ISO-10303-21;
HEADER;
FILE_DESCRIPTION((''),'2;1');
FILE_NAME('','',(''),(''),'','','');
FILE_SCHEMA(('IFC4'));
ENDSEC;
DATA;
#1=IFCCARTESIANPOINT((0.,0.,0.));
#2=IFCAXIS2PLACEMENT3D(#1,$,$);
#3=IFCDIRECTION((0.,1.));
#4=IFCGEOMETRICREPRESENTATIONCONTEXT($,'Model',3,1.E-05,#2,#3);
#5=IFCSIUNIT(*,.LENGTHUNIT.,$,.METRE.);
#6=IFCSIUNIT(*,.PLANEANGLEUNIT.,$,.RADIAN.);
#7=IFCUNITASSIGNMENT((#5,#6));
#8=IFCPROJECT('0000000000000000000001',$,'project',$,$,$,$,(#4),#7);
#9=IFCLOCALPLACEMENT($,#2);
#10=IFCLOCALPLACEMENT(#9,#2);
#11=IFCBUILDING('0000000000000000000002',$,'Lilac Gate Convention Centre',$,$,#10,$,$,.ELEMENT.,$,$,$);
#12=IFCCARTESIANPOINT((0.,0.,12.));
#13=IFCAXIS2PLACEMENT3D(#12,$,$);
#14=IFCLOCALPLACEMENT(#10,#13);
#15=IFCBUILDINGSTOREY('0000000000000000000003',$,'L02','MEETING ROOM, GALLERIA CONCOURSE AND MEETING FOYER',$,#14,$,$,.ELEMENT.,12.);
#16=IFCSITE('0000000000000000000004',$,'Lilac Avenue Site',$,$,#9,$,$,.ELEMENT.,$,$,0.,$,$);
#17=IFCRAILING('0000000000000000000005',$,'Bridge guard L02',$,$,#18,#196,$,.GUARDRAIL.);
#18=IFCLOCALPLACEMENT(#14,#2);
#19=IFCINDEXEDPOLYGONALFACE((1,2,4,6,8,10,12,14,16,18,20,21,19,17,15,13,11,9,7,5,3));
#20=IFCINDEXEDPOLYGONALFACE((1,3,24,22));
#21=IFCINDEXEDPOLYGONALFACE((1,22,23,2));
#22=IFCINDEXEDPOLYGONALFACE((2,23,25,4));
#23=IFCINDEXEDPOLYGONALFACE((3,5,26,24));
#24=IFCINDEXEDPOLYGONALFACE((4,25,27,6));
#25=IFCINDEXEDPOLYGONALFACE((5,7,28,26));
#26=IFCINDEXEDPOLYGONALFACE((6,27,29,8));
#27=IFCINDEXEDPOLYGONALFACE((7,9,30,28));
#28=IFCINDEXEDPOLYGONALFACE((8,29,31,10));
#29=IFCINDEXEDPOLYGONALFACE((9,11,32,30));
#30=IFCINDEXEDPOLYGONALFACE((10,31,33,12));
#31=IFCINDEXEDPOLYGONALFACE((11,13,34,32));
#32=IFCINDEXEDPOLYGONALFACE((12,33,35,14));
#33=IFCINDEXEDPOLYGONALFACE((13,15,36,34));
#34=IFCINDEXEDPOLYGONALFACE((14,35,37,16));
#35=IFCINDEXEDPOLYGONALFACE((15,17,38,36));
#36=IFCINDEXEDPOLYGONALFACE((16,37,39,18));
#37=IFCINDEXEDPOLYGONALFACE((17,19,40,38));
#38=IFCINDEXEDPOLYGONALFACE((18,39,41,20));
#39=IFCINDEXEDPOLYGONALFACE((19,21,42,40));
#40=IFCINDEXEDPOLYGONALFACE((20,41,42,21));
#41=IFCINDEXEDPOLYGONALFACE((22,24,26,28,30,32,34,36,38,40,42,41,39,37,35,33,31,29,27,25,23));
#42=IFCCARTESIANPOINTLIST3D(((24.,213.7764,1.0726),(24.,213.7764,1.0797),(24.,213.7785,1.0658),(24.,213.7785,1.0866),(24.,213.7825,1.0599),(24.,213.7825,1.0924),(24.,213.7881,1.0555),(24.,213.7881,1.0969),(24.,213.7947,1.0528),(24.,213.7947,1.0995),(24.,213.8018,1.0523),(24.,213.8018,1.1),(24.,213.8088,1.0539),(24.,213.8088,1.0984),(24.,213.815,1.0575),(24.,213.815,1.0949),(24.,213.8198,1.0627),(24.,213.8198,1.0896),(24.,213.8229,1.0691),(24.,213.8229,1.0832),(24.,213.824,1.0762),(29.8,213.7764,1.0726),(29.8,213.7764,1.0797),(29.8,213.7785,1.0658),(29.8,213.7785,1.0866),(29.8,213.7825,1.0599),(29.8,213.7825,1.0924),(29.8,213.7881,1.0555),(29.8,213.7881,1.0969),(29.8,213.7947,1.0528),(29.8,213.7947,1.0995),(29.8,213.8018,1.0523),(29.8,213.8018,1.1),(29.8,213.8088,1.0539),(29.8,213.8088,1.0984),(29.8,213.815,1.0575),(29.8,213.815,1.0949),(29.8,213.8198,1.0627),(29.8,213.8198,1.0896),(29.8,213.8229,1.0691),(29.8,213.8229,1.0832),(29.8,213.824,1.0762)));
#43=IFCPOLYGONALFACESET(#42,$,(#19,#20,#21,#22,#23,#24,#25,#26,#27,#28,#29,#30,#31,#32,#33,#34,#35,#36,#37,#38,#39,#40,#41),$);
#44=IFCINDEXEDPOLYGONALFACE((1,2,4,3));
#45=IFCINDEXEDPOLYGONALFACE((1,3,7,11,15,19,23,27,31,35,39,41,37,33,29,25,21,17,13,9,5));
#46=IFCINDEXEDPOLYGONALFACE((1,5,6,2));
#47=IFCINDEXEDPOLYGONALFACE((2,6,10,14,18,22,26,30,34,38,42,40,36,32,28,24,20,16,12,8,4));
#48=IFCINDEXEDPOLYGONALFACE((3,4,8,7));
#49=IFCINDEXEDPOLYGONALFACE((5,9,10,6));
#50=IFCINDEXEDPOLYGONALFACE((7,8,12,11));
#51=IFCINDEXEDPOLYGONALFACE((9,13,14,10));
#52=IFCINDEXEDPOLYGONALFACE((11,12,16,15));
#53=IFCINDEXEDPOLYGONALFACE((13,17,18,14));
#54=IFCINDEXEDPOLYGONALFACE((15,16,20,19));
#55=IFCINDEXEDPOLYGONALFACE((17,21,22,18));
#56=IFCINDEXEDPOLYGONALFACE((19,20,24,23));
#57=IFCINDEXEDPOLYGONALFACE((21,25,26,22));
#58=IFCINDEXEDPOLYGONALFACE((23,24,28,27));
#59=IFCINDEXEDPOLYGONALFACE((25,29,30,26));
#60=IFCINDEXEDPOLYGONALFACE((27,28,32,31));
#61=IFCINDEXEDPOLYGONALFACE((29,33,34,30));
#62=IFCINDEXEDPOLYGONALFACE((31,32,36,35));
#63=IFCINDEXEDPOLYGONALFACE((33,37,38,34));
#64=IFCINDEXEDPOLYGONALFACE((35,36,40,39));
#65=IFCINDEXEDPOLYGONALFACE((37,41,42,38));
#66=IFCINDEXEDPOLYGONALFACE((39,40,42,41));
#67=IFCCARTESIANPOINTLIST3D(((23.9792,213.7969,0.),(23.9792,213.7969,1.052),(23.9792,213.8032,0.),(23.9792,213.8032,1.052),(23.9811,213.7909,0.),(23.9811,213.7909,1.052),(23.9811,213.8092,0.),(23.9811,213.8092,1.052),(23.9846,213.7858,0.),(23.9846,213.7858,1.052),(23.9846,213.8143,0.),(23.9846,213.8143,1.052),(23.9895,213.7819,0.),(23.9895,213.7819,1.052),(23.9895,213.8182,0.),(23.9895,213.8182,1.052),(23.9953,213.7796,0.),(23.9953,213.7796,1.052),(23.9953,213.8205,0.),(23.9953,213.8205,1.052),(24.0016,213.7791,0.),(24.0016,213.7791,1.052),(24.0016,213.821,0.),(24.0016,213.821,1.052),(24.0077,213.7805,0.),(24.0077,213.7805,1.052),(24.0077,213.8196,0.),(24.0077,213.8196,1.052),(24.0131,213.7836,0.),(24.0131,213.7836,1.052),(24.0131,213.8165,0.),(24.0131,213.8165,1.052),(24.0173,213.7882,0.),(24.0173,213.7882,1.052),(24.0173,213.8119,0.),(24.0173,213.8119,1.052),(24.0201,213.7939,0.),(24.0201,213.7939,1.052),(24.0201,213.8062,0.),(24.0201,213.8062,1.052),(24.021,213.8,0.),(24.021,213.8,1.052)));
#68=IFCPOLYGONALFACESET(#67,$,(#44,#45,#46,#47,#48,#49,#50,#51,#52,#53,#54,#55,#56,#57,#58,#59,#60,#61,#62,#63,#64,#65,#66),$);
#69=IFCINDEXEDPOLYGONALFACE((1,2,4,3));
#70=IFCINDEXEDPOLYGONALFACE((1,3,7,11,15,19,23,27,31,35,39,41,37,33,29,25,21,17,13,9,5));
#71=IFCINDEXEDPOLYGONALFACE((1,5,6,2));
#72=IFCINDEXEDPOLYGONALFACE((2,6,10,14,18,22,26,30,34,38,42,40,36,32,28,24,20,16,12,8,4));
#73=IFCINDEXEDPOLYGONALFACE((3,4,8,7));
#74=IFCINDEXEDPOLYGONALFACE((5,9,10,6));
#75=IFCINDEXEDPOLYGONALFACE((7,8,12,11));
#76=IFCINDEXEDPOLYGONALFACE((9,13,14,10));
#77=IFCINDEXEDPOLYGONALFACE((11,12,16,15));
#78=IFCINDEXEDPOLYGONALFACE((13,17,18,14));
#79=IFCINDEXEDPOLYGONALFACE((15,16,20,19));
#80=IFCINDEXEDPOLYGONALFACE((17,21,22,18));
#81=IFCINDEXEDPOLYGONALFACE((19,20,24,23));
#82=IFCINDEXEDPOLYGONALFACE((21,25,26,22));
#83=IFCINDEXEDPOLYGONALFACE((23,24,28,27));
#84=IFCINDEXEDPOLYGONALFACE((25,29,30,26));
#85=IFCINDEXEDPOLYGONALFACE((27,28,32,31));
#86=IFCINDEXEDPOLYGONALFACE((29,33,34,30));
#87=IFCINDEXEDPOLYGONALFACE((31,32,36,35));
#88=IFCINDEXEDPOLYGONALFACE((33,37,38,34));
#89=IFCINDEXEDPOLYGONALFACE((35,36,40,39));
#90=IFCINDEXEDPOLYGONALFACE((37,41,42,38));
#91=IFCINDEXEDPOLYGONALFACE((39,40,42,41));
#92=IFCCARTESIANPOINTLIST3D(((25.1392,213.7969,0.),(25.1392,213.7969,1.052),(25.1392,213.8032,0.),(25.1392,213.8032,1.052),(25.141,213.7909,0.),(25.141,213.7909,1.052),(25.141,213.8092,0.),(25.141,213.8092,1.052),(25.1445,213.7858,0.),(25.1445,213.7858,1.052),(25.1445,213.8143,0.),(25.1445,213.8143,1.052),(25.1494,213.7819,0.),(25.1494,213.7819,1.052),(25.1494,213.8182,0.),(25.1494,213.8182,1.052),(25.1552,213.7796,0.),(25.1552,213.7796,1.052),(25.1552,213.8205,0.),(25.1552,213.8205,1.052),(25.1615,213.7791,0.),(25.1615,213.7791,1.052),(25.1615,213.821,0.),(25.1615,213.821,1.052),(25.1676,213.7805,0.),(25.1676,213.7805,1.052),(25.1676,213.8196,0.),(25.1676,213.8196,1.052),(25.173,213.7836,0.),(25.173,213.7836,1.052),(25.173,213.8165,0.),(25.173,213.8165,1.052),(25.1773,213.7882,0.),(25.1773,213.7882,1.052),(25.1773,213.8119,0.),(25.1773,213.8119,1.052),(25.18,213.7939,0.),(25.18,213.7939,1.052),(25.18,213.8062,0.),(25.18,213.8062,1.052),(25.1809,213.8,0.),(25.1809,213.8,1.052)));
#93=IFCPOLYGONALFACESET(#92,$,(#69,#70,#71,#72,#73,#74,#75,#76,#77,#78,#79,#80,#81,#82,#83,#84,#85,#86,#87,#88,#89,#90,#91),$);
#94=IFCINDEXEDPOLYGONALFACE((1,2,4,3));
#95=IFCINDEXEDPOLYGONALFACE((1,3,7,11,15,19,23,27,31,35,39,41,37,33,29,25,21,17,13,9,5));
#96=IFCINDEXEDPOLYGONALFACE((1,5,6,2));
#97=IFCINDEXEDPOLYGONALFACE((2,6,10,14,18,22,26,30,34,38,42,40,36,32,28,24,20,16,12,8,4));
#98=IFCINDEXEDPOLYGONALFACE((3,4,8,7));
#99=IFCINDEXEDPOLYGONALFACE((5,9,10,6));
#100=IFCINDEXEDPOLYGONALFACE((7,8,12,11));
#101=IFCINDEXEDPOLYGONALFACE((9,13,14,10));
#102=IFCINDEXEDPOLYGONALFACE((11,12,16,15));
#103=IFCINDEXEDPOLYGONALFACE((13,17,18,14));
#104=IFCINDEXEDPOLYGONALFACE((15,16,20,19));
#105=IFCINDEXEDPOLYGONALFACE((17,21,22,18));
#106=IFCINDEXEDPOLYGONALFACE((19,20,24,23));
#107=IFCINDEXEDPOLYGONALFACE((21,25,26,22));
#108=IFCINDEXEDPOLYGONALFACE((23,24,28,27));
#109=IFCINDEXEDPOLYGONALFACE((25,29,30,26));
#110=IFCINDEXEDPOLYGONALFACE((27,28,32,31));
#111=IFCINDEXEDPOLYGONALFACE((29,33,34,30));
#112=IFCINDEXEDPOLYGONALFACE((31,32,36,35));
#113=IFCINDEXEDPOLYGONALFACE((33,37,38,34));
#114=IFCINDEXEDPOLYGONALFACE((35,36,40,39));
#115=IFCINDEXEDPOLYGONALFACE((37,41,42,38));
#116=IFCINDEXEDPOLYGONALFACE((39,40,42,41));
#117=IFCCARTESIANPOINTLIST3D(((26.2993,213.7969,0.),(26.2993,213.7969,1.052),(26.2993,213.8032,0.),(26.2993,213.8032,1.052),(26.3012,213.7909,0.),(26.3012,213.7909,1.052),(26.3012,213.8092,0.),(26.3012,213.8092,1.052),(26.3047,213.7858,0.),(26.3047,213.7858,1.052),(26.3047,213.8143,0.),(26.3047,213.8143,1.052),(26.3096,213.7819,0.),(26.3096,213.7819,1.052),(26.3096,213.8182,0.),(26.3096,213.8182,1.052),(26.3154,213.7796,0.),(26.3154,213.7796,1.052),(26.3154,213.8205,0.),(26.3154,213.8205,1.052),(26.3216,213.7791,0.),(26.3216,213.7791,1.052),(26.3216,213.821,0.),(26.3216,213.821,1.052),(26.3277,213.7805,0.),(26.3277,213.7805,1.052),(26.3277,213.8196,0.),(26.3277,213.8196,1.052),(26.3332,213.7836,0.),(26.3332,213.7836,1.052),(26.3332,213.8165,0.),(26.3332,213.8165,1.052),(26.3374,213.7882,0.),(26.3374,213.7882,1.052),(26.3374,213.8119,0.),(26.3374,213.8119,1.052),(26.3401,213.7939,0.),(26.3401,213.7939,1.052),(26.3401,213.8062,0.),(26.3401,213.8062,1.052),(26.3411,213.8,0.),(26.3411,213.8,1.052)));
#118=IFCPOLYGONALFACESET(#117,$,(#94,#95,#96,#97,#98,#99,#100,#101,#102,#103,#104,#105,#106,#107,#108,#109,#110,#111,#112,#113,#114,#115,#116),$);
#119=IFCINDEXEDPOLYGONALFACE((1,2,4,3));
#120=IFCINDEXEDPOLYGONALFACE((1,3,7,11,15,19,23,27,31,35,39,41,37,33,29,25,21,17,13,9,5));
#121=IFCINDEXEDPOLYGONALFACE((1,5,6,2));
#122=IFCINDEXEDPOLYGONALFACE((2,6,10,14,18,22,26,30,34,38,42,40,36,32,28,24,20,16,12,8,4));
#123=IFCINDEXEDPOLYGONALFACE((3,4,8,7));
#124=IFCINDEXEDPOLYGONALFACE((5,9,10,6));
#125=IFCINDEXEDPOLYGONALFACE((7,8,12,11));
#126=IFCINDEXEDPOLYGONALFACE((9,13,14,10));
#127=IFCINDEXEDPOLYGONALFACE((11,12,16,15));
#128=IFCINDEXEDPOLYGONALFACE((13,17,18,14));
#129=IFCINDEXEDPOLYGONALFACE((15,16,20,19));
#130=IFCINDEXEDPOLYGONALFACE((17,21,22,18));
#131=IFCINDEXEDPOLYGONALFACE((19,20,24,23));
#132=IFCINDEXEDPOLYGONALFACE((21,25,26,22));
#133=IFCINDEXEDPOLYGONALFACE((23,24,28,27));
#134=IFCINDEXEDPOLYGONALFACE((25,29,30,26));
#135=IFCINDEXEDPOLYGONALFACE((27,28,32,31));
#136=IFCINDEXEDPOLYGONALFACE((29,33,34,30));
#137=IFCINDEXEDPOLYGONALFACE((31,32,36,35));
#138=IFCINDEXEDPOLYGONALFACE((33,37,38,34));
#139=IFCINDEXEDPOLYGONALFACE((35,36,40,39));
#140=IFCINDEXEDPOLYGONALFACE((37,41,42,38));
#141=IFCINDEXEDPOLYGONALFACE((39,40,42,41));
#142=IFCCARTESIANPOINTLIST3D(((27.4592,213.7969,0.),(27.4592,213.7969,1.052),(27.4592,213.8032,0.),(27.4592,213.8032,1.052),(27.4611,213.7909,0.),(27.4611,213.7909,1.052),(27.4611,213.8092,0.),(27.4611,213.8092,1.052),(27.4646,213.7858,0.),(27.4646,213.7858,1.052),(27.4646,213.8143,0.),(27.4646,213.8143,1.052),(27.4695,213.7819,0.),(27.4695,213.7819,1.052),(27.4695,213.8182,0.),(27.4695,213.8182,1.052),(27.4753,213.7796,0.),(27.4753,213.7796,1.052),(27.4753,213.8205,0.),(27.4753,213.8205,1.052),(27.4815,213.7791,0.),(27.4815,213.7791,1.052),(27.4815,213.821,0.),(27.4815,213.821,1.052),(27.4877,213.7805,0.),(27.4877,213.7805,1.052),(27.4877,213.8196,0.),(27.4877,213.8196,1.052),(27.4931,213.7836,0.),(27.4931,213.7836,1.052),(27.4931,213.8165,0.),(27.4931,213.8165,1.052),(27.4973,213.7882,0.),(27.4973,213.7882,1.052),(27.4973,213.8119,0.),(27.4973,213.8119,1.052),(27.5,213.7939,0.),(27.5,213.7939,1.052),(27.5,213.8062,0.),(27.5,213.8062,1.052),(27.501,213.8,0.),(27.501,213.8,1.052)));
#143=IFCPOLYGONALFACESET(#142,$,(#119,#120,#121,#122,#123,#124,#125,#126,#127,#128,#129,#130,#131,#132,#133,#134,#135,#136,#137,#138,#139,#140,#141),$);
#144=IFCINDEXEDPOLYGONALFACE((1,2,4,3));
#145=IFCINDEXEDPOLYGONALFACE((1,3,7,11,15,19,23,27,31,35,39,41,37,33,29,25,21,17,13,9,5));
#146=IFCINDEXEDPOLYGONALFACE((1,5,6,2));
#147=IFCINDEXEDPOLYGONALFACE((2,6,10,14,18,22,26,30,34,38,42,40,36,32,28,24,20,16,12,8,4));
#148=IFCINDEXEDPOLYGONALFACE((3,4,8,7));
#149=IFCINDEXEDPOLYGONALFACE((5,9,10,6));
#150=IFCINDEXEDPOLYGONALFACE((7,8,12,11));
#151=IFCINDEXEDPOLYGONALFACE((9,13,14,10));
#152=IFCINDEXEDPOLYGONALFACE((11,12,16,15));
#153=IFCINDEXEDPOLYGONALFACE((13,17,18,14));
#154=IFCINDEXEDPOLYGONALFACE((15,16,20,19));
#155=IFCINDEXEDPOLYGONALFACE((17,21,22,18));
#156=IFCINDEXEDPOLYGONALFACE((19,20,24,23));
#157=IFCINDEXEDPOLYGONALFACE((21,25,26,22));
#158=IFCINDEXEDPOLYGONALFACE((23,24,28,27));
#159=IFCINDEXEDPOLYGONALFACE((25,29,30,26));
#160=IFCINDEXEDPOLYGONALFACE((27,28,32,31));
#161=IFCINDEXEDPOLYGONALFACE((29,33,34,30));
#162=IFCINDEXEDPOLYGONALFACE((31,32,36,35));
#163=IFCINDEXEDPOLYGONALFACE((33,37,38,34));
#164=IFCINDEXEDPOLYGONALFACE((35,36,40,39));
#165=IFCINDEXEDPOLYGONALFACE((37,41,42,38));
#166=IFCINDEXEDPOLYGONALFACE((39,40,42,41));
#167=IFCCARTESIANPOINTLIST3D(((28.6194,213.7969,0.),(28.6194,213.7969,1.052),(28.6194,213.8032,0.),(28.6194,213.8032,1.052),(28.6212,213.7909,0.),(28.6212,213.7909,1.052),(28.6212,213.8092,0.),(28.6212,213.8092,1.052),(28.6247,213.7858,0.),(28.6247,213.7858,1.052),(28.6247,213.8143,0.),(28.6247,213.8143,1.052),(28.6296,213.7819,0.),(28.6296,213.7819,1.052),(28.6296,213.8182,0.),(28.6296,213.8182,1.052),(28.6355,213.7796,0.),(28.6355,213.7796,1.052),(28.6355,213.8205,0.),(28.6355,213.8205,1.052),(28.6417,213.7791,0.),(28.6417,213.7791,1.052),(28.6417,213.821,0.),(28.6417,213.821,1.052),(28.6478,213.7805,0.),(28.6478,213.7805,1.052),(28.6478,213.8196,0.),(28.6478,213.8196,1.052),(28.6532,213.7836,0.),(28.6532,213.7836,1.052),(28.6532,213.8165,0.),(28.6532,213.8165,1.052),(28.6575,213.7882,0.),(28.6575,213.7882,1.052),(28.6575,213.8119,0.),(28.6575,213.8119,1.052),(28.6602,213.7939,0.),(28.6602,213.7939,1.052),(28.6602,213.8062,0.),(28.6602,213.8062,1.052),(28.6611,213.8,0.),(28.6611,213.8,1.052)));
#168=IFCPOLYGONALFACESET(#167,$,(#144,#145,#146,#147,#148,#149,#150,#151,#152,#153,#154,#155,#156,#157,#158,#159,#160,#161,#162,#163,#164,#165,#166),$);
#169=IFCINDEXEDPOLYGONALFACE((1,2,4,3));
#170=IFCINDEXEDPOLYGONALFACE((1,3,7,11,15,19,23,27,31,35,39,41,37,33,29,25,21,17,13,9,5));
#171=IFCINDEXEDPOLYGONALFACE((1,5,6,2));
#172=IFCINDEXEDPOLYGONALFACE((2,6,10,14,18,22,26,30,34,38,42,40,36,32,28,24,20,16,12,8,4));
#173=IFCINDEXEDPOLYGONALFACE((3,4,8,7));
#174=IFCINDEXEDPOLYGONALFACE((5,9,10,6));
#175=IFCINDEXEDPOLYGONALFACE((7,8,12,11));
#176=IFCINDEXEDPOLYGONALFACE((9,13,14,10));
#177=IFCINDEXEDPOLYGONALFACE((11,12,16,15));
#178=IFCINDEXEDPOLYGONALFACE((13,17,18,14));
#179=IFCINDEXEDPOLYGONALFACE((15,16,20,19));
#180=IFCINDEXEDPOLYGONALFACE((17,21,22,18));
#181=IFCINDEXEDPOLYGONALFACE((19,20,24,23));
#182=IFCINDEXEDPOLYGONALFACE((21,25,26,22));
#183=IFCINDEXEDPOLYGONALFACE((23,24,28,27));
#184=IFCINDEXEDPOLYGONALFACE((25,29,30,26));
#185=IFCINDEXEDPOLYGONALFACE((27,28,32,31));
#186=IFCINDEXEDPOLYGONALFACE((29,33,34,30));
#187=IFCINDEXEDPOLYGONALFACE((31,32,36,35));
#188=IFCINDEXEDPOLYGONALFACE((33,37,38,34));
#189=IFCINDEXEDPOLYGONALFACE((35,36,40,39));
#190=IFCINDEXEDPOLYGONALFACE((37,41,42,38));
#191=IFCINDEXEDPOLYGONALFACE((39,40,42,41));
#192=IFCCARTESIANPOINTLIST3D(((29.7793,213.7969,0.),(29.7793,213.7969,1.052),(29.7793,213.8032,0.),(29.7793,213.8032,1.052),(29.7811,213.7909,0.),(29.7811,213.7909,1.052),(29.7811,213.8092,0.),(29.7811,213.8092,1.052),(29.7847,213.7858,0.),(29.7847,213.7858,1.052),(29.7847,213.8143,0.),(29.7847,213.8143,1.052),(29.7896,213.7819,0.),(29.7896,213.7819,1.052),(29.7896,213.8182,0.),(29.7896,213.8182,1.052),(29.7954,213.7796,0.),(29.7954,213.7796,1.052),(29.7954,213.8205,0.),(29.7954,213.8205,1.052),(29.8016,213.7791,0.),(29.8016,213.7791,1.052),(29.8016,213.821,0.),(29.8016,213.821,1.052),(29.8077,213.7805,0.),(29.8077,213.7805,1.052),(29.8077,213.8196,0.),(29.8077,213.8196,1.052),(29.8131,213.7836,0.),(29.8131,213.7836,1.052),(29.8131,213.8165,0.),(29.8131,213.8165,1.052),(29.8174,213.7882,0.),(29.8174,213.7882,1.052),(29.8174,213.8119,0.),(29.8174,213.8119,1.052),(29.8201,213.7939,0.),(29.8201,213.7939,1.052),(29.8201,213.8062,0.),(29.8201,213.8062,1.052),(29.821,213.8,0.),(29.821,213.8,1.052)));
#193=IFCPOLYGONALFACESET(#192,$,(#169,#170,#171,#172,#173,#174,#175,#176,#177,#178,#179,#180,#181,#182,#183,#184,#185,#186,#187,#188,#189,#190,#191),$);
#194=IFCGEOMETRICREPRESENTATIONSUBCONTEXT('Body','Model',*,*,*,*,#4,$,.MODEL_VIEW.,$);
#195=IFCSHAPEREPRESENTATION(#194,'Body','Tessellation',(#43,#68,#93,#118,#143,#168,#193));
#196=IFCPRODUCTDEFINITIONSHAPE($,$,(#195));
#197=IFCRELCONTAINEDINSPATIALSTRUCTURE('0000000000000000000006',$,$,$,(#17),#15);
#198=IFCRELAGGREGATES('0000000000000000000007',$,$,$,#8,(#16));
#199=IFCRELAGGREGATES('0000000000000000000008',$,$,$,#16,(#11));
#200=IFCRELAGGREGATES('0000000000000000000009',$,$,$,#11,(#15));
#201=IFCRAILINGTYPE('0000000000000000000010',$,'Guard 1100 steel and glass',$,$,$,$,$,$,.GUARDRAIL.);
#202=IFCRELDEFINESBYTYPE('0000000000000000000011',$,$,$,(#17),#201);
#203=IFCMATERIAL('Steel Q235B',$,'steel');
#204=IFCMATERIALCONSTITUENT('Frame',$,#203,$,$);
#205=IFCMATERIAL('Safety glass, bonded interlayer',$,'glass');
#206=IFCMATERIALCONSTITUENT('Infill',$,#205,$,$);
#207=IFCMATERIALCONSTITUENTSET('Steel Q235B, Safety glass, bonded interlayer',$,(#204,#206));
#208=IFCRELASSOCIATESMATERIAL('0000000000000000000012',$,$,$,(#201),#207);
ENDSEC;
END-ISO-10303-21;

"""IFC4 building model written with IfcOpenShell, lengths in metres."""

from ifc_helpers import new_model, si_unit, direction, frame, origin, origin_2d, place, context, subcontext, project, spatial, circle, extrude, material, constituent, constituent_set, type_object, element, save


model = new_model("IFC4")

# Units and contexts
model_context = context("Model", 3, precision=1e-05, world=origin(), true_north=direction((0.0, 1.0)))
body_context = subcontext(model_context, "Body", "Model", "MODEL_VIEW")
ifc_project = project(units=[si_unit("LENGTHUNIT", "METRE"), si_unit("PLANEANGLEUNIT", "RADIAN")], contexts=[model_context])

# Site, building, storey
site_placement = place(None, origin())
site = spatial("IfcSite", under=ifc_project, at=site_placement, Name="Lilac Avenue Site", CompositionType="ELEMENT", RefElevation=0.0)
building_placement = place(site_placement, origin())
building = spatial("IfcBuilding", under=site, at=building_placement, Name="Lilac Gate Convention Centre", CompositionType="ELEMENT")
storey_placement = place(building_placement, frame((0.0, 0.0, 12.0)))
storey = spatial("IfcBuildingStorey", under=building, at=storey_placement, Name="L02", Description="MEETING ROOM, GALLERIA CONCOURSE AND MEETING FOYER", CompositionType="ELEMENT", Elevation=12.0)

# Shared definitions
ifc_material_1 = material(Name="Steel Q235B", Category="steel")

# Railing
ifc_constituent_1 = constituent(ifc_material_1, Name="Frame")
ifc_material_2 = material(Name="Safety glass, bonded interlayer", Category="glass")
ifc_constituent_2 = constituent(ifc_material_2, Name="Infill")
ifc_constituent_set = constituent_set(constituents=[ifc_constituent_1, ifc_constituent_2], Name="Steel Q235B, Safety glass, bonded interlayer")
railing_type = type_object("IfcRailingType", Name="Guard 1100 steel and glass", PredefinedType="GUARDRAIL", material=ifc_constituent_set)
for number, where, name in (
    (1, (24.0, 213.8, 0.0), "Bridge guard L02"),
):
    element("IfcRailing", number, at=place(storey_placement, frame(where)), inside=storey, type_object=railing_type, Name=name, PredefinedType="GUARDRAIL", context=body_context, shape_type="SweptSolid", body=[
        extrude(circle(Radius=0.0239, at=origin_2d()), frame((0.0, 0.0, 1.0762), z_axis=(1.0, 0.0, 0.0), x_axis=(0.0, 1.0, 0.0)), (0.0, 0.0, 1.0), 5.8),
        extrude(circle(Radius=0.021, at=origin_2d()), origin(), (0.0, 0.0, 1.0), 1.052),
        extrude(circle(Radius=0.021, at=origin_2d()), frame((1.1599, 0.0, 0.0)), (0.0, 0.0, 1.0), 1.052),
        extrude(circle(Radius=0.021, at=origin_2d()), frame((2.3201, 0.0, 0.0)), (0.0, 0.0, 1.0), 1.052),
        extrude(circle(Radius=0.021, at=origin_2d()), frame((3.48, 0.0, 0.0)), (0.0, 0.0, 1.0), 1.052),
        extrude(circle(Radius=0.021, at=origin_2d()), frame((4.6401, 0.0, 0.0)), (0.0, 0.0, 1.0), 1.052),
        extrude(circle(Radius=0.021, at=origin_2d()), frame((5.8, 0.0, 0.0)), (0.0, 0.0, 1.0), 1.052),
    ])

save(model, "model.ifc")
